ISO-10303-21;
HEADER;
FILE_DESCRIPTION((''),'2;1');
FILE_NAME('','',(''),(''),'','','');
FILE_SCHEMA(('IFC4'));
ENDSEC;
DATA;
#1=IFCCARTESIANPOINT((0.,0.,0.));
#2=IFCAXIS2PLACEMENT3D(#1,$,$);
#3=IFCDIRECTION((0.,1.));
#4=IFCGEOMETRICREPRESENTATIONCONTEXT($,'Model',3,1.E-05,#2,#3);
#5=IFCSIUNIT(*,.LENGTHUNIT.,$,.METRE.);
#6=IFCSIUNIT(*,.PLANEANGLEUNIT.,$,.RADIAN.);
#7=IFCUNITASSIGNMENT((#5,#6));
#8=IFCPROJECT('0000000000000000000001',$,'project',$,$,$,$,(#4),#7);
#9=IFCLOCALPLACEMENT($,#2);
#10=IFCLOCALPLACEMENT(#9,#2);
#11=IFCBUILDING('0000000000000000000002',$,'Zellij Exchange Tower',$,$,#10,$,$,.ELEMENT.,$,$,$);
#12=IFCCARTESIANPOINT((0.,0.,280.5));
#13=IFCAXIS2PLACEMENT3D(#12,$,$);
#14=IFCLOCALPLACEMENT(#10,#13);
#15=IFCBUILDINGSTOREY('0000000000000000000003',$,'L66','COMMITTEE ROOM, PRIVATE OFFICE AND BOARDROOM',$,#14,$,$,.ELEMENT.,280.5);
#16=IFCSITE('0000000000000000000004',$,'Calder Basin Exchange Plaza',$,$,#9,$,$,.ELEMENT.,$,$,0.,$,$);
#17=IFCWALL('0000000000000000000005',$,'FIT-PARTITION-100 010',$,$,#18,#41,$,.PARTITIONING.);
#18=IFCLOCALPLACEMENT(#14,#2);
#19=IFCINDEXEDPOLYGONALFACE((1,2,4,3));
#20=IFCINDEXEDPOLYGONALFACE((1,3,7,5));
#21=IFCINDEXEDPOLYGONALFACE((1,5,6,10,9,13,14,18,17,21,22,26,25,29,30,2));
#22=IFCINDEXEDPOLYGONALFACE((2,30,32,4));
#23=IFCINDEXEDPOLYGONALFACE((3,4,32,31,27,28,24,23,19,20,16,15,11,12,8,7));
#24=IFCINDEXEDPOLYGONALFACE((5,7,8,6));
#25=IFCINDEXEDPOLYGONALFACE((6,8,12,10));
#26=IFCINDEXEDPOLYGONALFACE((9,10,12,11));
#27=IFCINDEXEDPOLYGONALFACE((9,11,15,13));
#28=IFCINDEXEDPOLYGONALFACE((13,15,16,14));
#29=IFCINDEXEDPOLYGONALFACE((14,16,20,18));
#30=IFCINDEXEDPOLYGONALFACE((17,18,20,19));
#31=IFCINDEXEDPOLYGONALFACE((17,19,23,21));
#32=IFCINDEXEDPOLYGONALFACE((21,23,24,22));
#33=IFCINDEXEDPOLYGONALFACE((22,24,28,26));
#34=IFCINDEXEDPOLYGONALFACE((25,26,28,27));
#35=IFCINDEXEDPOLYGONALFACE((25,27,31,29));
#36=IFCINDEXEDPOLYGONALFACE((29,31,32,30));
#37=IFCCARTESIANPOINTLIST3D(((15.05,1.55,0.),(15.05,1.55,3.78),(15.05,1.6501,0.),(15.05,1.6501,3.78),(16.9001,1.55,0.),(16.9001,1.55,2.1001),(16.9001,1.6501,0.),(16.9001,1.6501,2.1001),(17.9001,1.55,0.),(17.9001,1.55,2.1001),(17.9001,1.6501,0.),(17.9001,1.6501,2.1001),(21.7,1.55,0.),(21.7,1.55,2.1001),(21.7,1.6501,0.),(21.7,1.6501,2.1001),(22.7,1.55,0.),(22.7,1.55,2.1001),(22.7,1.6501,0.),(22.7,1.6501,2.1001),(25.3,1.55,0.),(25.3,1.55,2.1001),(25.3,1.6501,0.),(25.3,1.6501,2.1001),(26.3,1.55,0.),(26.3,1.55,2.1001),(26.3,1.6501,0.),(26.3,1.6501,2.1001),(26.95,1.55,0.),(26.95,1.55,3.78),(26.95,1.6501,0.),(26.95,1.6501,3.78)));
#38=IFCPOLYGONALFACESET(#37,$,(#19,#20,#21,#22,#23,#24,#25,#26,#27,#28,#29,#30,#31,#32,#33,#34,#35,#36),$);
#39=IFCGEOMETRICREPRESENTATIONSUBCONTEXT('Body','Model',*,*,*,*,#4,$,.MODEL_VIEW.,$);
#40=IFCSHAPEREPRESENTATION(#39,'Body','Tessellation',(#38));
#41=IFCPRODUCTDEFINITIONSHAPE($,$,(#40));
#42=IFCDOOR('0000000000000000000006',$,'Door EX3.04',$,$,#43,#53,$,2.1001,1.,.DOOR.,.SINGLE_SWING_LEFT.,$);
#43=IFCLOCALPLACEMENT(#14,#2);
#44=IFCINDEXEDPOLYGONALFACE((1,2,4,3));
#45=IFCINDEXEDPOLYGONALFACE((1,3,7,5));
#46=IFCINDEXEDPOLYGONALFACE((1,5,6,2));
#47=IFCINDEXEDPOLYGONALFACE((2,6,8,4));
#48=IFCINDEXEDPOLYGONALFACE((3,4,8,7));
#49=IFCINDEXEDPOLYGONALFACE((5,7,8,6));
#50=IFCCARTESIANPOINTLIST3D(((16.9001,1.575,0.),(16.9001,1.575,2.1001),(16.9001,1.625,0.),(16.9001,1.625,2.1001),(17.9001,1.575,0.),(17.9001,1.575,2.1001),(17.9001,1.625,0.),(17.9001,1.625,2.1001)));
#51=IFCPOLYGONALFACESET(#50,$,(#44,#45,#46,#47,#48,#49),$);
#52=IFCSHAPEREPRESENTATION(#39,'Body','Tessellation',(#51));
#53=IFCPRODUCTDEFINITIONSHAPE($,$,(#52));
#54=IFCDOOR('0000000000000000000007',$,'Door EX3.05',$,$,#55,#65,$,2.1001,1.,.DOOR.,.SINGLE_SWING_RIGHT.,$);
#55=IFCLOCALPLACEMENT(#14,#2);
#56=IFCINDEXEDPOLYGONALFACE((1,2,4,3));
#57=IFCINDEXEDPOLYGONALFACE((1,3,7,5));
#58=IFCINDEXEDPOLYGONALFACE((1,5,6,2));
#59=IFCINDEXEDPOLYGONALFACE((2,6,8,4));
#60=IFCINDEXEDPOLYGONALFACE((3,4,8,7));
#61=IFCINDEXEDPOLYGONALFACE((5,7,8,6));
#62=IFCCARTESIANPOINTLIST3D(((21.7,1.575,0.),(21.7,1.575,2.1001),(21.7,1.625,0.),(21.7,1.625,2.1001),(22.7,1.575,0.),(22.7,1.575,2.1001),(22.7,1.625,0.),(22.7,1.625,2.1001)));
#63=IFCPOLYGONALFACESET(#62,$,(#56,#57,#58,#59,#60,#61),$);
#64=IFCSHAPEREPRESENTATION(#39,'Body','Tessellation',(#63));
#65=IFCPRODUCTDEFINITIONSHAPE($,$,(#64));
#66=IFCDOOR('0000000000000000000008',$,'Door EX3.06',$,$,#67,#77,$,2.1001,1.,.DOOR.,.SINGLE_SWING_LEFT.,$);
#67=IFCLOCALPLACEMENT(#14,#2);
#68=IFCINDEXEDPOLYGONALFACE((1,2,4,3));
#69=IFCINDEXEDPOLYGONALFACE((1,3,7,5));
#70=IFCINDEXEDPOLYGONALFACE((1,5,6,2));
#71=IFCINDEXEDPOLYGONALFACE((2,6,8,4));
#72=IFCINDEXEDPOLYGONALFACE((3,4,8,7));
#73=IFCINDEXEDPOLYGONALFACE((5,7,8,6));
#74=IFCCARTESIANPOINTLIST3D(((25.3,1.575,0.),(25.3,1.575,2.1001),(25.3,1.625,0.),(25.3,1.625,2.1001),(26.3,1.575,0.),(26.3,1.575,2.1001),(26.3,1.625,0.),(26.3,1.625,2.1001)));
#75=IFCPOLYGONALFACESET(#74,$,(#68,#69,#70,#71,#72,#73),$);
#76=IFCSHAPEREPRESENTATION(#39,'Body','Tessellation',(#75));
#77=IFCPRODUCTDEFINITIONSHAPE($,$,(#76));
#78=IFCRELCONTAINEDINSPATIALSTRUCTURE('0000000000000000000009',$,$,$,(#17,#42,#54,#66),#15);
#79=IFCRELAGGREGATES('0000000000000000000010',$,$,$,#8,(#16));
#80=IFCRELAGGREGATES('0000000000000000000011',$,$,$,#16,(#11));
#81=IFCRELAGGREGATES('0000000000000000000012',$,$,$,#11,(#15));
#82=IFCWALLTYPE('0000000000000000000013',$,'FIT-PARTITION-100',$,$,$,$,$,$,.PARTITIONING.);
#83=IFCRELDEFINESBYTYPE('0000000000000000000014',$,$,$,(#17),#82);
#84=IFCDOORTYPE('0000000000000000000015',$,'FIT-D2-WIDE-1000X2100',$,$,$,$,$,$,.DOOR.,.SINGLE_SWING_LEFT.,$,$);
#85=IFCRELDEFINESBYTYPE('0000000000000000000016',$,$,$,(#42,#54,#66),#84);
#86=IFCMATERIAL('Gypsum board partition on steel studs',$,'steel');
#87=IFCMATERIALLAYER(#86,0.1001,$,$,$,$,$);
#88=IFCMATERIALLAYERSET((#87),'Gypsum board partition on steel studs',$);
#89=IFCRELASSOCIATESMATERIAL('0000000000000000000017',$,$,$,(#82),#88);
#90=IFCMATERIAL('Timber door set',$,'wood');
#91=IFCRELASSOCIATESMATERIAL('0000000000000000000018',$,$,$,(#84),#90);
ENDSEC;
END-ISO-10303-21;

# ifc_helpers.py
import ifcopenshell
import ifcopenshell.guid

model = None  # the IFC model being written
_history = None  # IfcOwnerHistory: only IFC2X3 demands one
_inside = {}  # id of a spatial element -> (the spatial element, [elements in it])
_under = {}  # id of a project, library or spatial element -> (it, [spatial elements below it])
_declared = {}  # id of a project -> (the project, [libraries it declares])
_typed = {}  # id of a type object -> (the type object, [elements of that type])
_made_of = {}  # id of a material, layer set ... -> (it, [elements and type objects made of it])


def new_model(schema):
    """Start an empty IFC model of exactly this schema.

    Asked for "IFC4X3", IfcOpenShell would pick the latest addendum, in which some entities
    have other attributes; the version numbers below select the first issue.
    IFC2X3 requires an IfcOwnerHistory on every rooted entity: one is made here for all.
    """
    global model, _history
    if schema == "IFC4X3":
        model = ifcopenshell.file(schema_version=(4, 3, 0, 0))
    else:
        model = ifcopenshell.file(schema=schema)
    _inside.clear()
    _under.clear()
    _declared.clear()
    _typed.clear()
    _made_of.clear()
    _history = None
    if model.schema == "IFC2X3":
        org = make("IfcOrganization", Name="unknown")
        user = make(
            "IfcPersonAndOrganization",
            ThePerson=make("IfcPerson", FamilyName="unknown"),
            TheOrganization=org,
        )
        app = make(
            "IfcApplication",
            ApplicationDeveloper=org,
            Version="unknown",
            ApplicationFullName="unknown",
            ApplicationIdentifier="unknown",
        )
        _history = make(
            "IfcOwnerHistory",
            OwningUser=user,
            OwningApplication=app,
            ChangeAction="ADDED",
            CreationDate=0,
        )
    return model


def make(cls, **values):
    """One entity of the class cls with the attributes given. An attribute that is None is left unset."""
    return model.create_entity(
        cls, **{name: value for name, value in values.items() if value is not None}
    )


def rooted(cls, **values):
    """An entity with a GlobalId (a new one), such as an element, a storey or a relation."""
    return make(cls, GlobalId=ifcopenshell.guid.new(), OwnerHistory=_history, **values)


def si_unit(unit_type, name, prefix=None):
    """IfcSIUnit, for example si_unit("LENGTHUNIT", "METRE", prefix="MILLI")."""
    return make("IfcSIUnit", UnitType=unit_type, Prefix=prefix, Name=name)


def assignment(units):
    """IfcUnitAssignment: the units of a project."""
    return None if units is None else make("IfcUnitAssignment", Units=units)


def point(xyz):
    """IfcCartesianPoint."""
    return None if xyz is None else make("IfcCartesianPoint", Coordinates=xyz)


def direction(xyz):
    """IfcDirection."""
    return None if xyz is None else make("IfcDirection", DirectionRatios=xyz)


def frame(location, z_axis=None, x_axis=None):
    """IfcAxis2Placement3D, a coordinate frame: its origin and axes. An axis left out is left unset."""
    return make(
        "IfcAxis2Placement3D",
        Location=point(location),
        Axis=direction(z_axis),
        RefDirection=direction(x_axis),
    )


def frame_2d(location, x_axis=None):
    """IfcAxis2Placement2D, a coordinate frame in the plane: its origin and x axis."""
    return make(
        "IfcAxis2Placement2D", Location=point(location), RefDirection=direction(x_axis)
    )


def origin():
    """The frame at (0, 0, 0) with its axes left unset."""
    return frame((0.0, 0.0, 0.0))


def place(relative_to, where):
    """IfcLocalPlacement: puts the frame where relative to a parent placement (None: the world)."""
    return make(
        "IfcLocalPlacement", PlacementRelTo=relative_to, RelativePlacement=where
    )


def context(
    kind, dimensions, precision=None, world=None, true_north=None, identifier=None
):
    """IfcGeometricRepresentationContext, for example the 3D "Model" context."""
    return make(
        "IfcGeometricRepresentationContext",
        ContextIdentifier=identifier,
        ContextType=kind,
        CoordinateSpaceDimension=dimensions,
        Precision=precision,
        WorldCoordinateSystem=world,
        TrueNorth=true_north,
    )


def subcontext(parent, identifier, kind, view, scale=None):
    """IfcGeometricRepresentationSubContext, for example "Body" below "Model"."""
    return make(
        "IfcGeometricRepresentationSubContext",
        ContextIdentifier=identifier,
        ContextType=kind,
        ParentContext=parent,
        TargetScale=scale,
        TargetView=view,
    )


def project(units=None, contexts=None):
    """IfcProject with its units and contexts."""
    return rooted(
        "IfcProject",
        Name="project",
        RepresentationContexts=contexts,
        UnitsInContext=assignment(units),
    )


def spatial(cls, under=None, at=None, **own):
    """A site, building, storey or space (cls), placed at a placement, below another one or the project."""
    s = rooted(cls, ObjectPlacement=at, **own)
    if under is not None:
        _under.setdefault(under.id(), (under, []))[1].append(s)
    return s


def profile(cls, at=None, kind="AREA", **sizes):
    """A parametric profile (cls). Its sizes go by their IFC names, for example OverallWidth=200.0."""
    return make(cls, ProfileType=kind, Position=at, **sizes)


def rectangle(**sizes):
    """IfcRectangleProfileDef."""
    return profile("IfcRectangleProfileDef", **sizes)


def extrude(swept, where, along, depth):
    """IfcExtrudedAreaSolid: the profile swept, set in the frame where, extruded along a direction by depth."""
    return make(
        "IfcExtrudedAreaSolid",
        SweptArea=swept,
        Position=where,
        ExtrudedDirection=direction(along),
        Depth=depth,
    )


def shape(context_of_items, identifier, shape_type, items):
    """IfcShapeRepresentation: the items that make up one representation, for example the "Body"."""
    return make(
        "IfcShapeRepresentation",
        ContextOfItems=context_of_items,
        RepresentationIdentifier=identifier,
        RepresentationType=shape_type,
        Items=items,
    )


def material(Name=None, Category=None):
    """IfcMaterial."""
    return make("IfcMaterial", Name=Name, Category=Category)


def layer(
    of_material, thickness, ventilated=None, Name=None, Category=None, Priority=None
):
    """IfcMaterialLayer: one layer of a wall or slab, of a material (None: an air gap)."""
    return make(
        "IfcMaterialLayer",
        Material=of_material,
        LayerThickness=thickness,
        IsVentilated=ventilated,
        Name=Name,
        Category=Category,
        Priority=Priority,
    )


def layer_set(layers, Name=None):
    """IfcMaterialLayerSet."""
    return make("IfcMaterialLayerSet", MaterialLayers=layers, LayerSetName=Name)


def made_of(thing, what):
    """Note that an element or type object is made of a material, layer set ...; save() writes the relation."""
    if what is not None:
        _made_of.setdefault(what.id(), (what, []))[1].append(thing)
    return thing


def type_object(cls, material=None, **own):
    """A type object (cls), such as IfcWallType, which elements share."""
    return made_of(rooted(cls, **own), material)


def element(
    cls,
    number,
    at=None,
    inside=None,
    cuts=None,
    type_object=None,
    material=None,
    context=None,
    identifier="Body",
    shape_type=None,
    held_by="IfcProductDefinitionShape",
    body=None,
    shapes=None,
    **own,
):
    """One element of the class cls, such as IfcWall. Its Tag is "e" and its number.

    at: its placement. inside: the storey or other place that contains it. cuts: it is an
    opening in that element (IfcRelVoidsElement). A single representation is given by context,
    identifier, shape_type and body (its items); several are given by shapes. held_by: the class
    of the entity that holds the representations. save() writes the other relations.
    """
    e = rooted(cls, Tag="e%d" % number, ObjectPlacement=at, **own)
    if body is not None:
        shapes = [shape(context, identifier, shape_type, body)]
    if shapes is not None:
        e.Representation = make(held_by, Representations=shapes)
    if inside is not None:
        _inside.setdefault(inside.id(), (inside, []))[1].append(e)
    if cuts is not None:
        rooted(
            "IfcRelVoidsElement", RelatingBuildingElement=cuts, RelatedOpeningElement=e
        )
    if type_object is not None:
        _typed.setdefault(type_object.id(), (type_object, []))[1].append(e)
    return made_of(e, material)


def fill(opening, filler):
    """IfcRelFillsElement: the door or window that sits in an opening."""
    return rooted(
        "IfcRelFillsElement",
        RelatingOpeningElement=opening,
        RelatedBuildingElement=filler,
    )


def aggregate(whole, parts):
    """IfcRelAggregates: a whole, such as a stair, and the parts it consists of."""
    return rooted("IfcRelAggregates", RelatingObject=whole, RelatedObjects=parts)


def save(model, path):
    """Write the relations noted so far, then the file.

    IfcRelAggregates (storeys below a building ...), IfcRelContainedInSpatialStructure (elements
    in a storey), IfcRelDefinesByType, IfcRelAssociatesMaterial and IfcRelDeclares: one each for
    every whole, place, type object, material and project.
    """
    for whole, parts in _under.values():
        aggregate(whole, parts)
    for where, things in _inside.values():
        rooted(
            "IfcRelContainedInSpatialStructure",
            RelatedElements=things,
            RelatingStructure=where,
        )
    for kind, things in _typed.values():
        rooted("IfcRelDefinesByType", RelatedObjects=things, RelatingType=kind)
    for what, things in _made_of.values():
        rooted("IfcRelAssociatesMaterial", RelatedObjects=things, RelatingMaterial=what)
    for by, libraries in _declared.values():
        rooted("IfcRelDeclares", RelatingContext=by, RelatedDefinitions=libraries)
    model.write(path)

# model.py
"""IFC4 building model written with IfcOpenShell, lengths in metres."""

from ifc_helpers import new_model, si_unit, direction, frame, frame_2d, origin, place, context, subcontext, project, spatial, rectangle, extrude, material, layer, layer_set, type_object, element, fill, save


model = new_model("IFC4")

# Units and contexts
model_context = context("Model", 3, precision=1e-05, world=origin(), true_north=direction((0.0, 1.0)))
body_context = subcontext(model_context, "Body", "Model", "MODEL_VIEW")
ifc_project = project(units=[si_unit("LENGTHUNIT", "METRE"), si_unit("PLANEANGLEUNIT", "RADIAN")], contexts=[model_context])

# Site, building, storey
site_placement = place(None, origin())
site = spatial("IfcSite", under=ifc_project, at=site_placement, Name="Calder Basin Exchange Plaza", CompositionType="ELEMENT", RefElevation=0.0)
building_placement = place(site_placement, origin())
building = spatial("IfcBuilding", under=site, at=building_placement, Name="Zellij Exchange Tower", CompositionType="ELEMENT")
storey_placement = place(building_placement, frame((0.0, 0.0, 280.5)))
storey = spatial("IfcBuildingStorey", under=building, at=storey_placement, Name="L66", Description="COMMITTEE ROOM, PRIVATE OFFICE AND BOARDROOM", CompositionType="ELEMENT", Elevation=280.5)

# Shared definitions
ifc_material_1 = material(Name="Gypsum board partition on steel studs", Category="steel")
ifc_layer_1 = layer(ifc_material_1, 0.1001)
ifc_layer_set_1 = layer_set([ifc_layer_1], Name="Gypsum board partition on steel studs")
wall_type_1 = type_object("IfcWallType", Name="FIT-PARTITION-100", PredefinedType="PARTITIONING", material=ifc_layer_set_1)
ifc_material_2 = material(Name="Timber door set", Category="wood")

# Wall, openings, doors
wall_1_placement = place(storey_placement, frame((15.05, 1.6001, 0.0), z_axis=(0.0, 0.0, 1.0), x_axis=(1.0, 0.0, 0.0)))
wall_1 = element("IfcWall", 1, at=wall_1_placement, inside=storey, type_object=wall_type_1, Name="FIT-PARTITION-100 010", PredefinedType="PARTITIONING", context=body_context, shape_type="SweptSolid", body=[
    extrude(rectangle(XDim=11.8999, YDim=0.1001, at=frame_2d((5.95, 0.0))), origin(), (0.0, 0.0, 1.0), 3.78),
])
opening_1_placement = place(wall_1_placement, frame((1.8501, 0.0, 0.0)))
opening_1 = element("IfcOpeningElement", 2, at=opening_1_placement, cuts=wall_1, PredefinedType="OPENING", context=body_context, shape_type="SweptSolid", body=[
    extrude(rectangle(XDim=1.0, YDim=2.1001, at=frame_2d((0.5, 1.05))), frame((0.0, 0.062, 0.0), z_axis=(0.0, -1.0, 0.0), x_axis=(1.0, 0.0, 0.0)), (0.0, 0.0, 1.0), 0.124),
])
opening_2_placement = place(wall_1_placement, frame((6.6499, 0.0, 0.0)))
opening_2 = element("IfcOpeningElement", 3, at=opening_2_placement, cuts=wall_1, PredefinedType="OPENING", context=body_context, shape_type="SweptSolid", body=[
    extrude(rectangle(XDim=1.0, YDim=2.1001, at=frame_2d((0.5, 1.05))), frame((0.0, 0.062, 0.0), z_axis=(0.0, -1.0, 0.0), x_axis=(1.0, 0.0, 0.0)), (0.0, 0.0, 1.0), 0.124),
])
opening_3_placement = place(wall_1_placement, frame((10.25, 0.0, 0.0)))
opening_3 = element("IfcOpeningElement", 4, at=opening_3_placement, cuts=wall_1, PredefinedType="OPENING", context=body_context, shape_type="SweptSolid", body=[
    extrude(rectangle(XDim=1.0, YDim=2.1001, at=frame_2d((0.5, 1.05))), frame((0.0, 0.062, 0.0), z_axis=(0.0, -1.0, 0.0), x_axis=(1.0, 0.0, 0.0)), (0.0, 0.0, 1.0), 0.124),
])
door_type_1 = type_object("IfcDoorType", Name="FIT-D2-WIDE-1000X2100", OperationType="SINGLE_SWING_LEFT", PredefinedType="DOOR", material=ifc_material_2)
door_1_placement = place(opening_1_placement, origin())
door_1 = element("IfcDoor", 5, at=door_1_placement, inside=storey, type_object=door_type_1, Name="Door EX3.04", OperationType="SINGLE_SWING_LEFT", OverallHeight=2.1001, OverallWidth=1.0, PredefinedType="DOOR", context=body_context, shape_type="SweptSolid", body=[
    extrude(rectangle(XDim=1.0, YDim=2.1001, at=frame_2d((0.5, 1.05))), frame((0.0, 0.0249, 0.0), z_axis=(0.0, -1.0, 0.0), x_axis=(1.0, 0.0, 0.0)), (0.0, 0.0, 1.0), 0.05),
])
fill(opening_1, door_1)
door_2_placement = place(opening_2_placement, origin())
door_2 = element("IfcDoor", 6, at=door_2_placement, inside=storey, type_object=door_type_1, Name="Door EX3.05", OperationType="SINGLE_SWING_RIGHT", OverallHeight=2.1001, OverallWidth=1.0, PredefinedType="DOOR", context=body_context, shape_type="SweptSolid", body=[
    extrude(rectangle(XDim=1.0, YDim=2.1001, at=frame_2d((0.5, 1.05))), frame((0.0, 0.0249, 0.0), z_axis=(0.0, -1.0, 0.0), x_axis=(1.0, 0.0, 0.0)), (0.0, 0.0, 1.0), 0.05),
])
fill(opening_2, door_2)
door_3_placement = place(opening_3_placement, origin())
door_3 = element("IfcDoor", 7, at=door_3_placement, inside=storey, type_object=door_type_1, Name="Door EX3.06", OperationType="SINGLE_SWING_LEFT", OverallHeight=2.1001, OverallWidth=1.0, PredefinedType="DOOR", context=body_context, shape_type="SweptSolid", body=[
    extrude(rectangle(XDim=1.0, YDim=2.1001, at=frame_2d((0.5, 1.05))), frame((0.0, 0.0249, 0.0), z_axis=(0.0, -1.0, 0.0), x_axis=(1.0, 0.0, 0.0)), (0.0, 0.0, 1.0), 0.05),
])
fill(opening_3, door_3)

save(model, "model.ifc")
